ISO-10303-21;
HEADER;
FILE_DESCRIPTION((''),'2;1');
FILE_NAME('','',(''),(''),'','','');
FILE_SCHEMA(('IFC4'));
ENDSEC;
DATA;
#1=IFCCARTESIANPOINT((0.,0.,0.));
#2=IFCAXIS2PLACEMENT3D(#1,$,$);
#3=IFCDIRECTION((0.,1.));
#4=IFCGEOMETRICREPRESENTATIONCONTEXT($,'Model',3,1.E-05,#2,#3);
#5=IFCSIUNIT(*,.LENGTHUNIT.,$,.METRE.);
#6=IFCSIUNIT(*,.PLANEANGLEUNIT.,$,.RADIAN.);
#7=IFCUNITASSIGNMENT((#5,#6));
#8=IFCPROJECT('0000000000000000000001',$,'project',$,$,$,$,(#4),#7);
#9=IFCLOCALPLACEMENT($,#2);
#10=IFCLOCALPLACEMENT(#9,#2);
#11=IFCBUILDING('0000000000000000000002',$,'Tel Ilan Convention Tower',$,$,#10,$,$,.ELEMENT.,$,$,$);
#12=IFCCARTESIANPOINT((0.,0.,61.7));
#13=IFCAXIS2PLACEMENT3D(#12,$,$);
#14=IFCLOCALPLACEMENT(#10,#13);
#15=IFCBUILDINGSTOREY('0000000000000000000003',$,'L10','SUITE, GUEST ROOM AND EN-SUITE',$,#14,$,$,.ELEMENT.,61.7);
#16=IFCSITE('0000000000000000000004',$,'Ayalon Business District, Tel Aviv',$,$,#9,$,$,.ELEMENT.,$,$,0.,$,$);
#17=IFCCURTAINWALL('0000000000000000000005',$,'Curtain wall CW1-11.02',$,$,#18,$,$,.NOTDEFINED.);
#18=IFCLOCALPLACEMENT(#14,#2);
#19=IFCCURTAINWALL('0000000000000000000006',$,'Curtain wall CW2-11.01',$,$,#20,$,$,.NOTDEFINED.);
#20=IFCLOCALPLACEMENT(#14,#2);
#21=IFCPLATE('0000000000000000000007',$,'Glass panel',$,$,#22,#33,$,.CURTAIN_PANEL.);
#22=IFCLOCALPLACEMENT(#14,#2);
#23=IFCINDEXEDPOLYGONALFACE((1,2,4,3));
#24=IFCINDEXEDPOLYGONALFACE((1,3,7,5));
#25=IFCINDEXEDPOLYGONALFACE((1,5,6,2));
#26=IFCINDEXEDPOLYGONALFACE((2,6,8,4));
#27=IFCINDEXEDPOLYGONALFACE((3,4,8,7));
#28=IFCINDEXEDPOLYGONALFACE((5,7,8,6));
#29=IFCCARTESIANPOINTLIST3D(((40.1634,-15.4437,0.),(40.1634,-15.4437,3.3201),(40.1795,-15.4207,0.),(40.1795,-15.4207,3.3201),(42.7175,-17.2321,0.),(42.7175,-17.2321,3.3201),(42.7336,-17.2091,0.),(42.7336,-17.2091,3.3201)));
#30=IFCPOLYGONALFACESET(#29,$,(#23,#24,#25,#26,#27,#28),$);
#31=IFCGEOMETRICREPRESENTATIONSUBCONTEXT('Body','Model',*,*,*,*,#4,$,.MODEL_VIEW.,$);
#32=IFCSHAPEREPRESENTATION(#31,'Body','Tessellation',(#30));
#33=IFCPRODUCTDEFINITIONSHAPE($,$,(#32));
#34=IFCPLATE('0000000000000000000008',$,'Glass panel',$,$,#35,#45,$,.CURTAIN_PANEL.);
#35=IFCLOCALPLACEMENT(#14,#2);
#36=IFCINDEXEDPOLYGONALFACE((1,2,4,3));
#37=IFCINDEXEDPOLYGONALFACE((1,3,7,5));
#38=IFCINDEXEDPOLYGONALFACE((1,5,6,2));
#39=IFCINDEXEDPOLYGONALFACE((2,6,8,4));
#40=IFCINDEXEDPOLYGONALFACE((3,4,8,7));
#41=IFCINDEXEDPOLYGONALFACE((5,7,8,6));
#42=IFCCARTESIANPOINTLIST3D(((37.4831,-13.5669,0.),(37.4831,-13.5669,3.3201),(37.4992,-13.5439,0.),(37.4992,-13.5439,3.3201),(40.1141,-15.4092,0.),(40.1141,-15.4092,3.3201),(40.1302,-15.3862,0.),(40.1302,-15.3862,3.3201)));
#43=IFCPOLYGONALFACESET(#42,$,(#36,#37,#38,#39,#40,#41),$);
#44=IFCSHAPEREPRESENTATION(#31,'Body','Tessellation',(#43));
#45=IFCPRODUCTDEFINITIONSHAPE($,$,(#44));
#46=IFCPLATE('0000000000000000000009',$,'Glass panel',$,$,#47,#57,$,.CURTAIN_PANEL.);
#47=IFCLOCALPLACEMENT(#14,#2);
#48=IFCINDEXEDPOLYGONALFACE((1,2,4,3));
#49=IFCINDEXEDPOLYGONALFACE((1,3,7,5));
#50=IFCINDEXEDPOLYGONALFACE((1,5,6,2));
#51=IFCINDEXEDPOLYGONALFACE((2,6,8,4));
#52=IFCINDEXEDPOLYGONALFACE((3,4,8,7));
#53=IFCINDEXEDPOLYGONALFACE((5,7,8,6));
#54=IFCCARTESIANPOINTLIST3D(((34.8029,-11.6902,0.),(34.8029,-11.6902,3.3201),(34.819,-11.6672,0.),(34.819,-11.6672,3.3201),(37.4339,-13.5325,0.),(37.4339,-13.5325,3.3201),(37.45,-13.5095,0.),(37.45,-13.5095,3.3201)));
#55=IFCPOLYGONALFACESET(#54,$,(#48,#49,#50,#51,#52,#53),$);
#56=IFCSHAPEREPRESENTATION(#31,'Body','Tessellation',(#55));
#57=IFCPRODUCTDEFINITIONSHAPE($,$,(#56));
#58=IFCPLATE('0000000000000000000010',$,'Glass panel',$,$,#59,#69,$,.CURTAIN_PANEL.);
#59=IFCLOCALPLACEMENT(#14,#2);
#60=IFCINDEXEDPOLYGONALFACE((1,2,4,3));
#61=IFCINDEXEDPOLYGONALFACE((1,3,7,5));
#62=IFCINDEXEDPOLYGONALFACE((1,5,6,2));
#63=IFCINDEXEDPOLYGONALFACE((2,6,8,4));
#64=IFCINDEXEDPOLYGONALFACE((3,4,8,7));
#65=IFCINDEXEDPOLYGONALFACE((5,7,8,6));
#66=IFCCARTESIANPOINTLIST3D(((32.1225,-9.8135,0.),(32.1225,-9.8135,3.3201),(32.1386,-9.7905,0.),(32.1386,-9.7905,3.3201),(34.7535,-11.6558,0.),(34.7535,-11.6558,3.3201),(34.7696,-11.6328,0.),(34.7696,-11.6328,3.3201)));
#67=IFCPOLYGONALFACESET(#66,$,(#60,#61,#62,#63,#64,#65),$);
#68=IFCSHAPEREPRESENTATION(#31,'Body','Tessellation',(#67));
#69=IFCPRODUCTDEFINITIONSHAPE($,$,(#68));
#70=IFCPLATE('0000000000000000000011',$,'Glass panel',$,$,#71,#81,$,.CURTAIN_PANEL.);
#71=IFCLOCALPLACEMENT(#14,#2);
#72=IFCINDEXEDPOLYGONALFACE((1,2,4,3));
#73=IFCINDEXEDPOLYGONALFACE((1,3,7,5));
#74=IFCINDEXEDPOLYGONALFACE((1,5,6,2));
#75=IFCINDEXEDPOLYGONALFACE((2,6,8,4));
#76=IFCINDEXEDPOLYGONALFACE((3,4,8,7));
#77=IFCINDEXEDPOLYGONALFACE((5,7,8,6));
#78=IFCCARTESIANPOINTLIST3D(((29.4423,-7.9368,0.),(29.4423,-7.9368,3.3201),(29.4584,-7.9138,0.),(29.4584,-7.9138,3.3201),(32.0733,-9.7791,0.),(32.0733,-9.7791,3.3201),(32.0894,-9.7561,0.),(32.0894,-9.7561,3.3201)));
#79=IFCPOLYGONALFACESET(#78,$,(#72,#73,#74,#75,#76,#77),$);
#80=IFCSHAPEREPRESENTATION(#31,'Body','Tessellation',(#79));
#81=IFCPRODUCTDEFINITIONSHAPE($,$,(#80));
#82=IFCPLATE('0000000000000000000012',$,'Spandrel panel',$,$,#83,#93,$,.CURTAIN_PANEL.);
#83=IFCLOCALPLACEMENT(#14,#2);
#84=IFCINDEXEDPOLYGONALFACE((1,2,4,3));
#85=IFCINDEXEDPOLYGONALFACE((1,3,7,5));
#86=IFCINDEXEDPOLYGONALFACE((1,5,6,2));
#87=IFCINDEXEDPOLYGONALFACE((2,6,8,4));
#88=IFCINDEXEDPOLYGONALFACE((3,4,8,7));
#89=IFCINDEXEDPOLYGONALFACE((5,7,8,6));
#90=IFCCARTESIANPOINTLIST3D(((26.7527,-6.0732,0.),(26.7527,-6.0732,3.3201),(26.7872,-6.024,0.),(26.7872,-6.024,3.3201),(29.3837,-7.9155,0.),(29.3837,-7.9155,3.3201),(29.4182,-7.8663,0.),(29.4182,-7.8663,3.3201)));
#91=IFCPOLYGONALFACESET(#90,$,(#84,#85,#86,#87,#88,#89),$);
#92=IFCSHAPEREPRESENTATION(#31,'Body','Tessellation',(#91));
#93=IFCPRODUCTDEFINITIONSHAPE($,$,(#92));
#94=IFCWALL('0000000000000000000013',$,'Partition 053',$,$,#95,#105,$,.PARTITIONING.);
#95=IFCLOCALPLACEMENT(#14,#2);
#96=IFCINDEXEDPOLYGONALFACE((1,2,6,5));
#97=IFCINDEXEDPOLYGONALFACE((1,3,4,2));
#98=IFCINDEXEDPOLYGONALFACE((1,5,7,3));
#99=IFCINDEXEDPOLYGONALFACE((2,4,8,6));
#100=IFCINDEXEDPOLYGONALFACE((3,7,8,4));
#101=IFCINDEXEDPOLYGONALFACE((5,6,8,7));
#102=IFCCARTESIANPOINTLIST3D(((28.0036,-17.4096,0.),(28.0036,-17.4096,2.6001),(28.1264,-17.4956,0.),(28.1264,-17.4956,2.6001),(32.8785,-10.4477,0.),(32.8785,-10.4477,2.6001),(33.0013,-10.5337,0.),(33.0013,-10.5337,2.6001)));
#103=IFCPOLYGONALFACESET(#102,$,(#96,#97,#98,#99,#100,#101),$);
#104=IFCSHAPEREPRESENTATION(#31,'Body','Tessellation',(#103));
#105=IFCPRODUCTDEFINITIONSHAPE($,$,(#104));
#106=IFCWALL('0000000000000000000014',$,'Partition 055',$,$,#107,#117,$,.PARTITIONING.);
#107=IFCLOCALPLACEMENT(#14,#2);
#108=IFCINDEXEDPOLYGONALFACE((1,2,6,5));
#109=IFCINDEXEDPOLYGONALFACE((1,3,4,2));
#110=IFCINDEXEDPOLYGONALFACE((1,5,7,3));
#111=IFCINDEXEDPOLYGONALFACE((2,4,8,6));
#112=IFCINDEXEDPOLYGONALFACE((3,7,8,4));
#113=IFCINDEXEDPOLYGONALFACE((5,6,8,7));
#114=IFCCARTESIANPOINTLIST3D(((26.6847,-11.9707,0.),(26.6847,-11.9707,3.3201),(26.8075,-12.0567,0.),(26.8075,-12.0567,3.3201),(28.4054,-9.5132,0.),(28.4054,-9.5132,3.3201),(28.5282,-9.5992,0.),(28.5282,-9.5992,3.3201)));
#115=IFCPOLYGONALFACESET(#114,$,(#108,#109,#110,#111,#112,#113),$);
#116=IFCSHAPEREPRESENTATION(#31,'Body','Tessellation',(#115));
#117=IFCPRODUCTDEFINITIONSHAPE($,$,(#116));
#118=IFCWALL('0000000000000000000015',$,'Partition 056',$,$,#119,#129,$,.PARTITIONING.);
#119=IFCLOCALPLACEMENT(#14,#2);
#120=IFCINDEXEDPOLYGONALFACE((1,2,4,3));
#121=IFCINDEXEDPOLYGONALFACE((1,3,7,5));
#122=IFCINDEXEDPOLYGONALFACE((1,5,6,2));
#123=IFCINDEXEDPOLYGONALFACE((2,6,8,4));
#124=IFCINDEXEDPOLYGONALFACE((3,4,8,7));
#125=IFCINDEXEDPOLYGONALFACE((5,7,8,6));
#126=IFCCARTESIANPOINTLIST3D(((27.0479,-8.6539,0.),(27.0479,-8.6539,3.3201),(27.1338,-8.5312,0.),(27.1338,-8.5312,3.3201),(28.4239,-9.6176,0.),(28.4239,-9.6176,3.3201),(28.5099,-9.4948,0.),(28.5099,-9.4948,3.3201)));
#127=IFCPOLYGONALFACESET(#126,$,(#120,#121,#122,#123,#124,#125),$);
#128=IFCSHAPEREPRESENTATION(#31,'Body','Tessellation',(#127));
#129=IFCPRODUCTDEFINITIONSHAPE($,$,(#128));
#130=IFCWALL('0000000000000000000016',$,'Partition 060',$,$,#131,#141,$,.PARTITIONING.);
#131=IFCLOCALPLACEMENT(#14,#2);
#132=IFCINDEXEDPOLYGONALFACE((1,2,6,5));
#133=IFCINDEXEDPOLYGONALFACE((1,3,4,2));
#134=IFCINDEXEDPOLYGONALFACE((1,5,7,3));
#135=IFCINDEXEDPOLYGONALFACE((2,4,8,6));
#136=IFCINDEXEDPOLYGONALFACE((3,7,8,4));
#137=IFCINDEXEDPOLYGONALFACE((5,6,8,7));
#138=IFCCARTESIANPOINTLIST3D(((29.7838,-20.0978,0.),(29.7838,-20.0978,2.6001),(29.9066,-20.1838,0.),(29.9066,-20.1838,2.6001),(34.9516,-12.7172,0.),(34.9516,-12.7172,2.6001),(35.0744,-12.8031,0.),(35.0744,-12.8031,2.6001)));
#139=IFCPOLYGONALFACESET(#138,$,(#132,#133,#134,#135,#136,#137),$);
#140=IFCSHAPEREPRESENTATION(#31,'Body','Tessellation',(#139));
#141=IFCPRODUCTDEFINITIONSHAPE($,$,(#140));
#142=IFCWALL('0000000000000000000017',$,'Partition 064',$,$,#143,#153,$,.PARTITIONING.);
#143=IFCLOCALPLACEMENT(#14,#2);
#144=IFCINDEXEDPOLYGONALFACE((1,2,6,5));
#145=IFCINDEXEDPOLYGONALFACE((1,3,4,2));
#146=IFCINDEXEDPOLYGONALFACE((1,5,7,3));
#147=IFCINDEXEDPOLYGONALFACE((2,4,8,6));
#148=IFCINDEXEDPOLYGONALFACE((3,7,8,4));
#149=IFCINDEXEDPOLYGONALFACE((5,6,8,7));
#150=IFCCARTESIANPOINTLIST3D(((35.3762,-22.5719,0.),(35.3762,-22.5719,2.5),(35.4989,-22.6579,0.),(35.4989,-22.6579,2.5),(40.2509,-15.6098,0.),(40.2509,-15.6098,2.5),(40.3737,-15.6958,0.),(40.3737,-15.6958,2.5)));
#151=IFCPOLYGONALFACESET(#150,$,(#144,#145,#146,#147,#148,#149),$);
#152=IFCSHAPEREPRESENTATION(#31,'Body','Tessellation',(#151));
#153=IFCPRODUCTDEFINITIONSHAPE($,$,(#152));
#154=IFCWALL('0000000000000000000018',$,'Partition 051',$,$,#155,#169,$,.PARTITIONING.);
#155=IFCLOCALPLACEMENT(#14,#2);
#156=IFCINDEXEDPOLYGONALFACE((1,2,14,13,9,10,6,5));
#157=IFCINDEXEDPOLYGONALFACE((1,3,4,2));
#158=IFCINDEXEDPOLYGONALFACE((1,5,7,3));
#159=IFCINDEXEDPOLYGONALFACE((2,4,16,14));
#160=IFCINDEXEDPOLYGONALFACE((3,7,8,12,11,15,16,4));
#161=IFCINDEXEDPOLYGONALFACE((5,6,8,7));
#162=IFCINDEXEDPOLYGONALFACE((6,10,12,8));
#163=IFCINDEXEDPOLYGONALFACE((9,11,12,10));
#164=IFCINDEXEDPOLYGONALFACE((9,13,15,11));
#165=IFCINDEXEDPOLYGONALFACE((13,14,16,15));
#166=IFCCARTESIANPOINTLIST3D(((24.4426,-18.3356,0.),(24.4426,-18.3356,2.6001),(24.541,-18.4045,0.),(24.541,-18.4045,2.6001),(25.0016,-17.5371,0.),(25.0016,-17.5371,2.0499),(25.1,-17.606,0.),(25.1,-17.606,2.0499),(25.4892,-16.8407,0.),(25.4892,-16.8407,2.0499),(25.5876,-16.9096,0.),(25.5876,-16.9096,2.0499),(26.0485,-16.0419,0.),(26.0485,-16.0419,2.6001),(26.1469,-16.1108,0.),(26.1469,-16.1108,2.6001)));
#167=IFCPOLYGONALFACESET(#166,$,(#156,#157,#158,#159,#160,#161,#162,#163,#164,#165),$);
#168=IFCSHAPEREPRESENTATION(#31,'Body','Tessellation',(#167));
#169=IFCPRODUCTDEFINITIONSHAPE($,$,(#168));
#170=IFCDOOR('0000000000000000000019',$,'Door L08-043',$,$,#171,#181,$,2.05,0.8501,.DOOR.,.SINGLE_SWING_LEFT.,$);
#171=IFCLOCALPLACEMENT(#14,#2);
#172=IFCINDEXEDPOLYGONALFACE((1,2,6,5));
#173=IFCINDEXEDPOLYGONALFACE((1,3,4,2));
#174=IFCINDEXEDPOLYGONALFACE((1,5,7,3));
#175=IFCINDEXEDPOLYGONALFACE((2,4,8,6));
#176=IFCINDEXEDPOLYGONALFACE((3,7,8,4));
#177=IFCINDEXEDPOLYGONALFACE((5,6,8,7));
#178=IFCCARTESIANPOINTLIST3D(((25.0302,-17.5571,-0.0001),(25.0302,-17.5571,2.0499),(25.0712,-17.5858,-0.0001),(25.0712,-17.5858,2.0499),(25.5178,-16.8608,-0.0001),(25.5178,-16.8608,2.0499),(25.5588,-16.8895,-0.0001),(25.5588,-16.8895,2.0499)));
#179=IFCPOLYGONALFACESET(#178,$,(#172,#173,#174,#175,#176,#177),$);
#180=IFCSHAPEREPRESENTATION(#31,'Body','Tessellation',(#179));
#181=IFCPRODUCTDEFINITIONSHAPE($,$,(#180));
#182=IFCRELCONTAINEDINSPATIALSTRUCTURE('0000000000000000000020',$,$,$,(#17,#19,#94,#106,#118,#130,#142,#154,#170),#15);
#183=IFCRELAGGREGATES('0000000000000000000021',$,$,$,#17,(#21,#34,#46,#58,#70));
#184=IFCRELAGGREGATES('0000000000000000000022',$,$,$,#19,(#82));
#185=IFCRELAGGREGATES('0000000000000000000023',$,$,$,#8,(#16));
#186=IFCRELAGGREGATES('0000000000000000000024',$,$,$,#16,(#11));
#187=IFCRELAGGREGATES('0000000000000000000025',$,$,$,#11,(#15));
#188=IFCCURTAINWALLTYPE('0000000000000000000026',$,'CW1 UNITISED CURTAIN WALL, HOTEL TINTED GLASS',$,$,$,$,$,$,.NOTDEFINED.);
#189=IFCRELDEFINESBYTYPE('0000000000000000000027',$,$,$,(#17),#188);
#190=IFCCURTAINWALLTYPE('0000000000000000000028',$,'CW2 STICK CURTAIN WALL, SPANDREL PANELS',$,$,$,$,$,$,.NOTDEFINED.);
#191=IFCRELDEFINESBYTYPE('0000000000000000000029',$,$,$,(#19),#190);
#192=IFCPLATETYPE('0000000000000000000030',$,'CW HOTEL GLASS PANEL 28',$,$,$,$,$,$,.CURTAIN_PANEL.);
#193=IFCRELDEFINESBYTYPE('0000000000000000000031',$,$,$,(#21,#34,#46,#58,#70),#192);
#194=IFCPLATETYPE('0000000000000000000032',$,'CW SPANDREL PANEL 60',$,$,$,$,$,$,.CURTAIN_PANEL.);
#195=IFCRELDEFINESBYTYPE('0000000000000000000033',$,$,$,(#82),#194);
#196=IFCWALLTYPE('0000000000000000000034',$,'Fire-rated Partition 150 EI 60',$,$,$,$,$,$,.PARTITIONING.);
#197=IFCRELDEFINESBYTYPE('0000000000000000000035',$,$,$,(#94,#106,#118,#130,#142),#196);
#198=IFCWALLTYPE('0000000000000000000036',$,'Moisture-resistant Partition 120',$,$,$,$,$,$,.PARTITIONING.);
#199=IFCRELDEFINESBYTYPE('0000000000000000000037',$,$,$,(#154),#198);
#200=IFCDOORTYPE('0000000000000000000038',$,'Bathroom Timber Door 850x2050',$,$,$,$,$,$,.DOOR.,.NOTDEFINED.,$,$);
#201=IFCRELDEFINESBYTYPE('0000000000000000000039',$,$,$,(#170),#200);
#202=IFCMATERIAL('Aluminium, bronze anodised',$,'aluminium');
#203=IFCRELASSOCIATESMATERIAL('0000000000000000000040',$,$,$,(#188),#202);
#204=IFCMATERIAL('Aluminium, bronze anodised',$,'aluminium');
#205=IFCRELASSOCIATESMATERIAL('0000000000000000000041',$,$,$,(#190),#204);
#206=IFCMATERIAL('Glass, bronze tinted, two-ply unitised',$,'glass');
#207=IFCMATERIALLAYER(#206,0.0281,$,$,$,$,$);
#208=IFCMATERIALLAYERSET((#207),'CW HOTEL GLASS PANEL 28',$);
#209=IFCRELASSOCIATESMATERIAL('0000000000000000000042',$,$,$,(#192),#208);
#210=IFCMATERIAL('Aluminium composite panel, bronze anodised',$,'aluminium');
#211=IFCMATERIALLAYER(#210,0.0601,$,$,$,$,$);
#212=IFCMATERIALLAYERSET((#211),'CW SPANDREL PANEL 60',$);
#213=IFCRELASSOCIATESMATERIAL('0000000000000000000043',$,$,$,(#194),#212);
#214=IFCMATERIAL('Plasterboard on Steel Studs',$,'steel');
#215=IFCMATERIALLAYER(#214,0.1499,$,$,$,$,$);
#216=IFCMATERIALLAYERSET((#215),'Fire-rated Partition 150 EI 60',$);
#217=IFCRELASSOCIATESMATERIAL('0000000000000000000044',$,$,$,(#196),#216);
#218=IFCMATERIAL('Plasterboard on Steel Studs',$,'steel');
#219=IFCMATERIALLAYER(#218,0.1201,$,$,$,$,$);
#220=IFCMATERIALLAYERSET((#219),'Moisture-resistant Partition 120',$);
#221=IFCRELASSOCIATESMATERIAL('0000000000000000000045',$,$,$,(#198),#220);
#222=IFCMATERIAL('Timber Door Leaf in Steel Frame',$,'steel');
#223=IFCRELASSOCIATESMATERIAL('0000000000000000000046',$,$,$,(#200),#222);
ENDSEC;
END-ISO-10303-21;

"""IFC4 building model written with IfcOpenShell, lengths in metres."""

from ifc_helpers import new_model, si_unit, direction, frame, frame_2d, origin, origin_2d, place, context, subcontext, project, spatial, rectangle, extrude, material, layer, layer_set, type_object, element, fill, aggregate, save


model = new_model("IFC4")

# Units and contexts
model_context = context("Model", 3, precision=1e-05, world=origin(), true_north=direction((0.0, 1.0)))
body_context = subcontext(model_context, "Body", "Model", "MODEL_VIEW")
ifc_project = project(units=[si_unit("LENGTHUNIT", "METRE"), si_unit("PLANEANGLEUNIT", "RADIAN")], contexts=[model_context])

# Site, building, storey
site_placement = place(None, origin())
site = spatial("IfcSite", under=ifc_project, at=site_placement, Name="Ayalon Business District, Tel Aviv", CompositionType="ELEMENT", RefElevation=0.0)
building_placement = place(site_placement, origin())
building = spatial("IfcBuilding", under=site, at=building_placement, Name="Tel Ilan Convention Tower", CompositionType="ELEMENT")
storey_placement = place(building_placement, frame((0.0, 0.0, 61.7)))
storey = spatial("IfcBuildingStorey", under=building, at=storey_placement, Name="L10", Description="SUITE, GUEST ROOM AND EN-SUITE", CompositionType="ELEMENT", Elevation=61.7)

# Curtain wall
ifc_material_1 = material(Name="Aluminium, bronze anodised", Category="aluminium")
curtain_wall_type_1 = type_object("IfcCurtainWallType", Name="CW1 UNITISED CURTAIN WALL, HOTEL TINTED GLASS", PredefinedType="NOTDEFINED", material=ifc_material_1)
curtain_wall_1_placement = place(storey_placement, origin())
curtain_wall_1 = element("IfcCurtainWall", 1, at=curtain_wall_1_placement, inside=storey, type_object=curtain_wall_type_1, Name="Curtain wall CW1-11.02", PredefinedType="NOTDEFINED")

# Curtain wall
ifc_material_2 = material(Name="Aluminium, bronze anodised", Category="aluminium")
curtain_wall_type_2 = type_object("IfcCurtainWallType", Name="CW2 STICK CURTAIN WALL, SPANDREL PANELS", PredefinedType="NOTDEFINED", material=ifc_material_2)
curtain_wall_2_placement = place(storey_placement, origin())
curtain_wall_2 = element("IfcCurtainWall", 2, at=curtain_wall_2_placement, inside=storey, type_object=curtain_wall_type_2, Name="Curtain wall CW2-11.01", PredefinedType="NOTDEFINED")

# Plates
ifc_material_3 = material(Name="Glass, bronze tinted, two-ply unitised", Category="glass")
ifc_layer_1 = layer(ifc_material_3, 0.0281)
ifc_layer_set_1 = layer_set([ifc_layer_1], Name="CW HOTEL GLASS PANEL 28")
plate_type_1 = type_object("IfcPlateType", Name="CW HOTEL GLASS PANEL 28", PredefinedType="CURTAIN_PANEL", material=ifc_layer_set_1)
plate_1_placement = place(storey_placement, frame((41.4485, -16.3264, 0.0), z_axis=(0.0, 0.0, 1.0), x_axis=(-0.819152, 0.573576, 0.0)))
plate_1 = element("IfcPlate", 3, at=plate_1_placement, type_object=plate_type_1, Name="Glass panel", PredefinedType="CURTAIN_PANEL", context=body_context, shape_type="SweptSolid", body=[
    extrude(rectangle(XDim=3.1179, YDim=0.0281, at=origin_2d()), origin(), (0.0, 0.0, 1.0), 3.3201),
])
plate_2_placement = place(storey_placement, frame((38.8066, -14.4766, 0.0), z_axis=(0.0, 0.0, 1.0), x_axis=(-0.819152, 0.573576, 0.0)))
plate_2 = element("IfcPlate", 4, at=plate_2_placement, type_object=plate_type_1, Name="Glass panel", PredefinedType="CURTAIN_PANEL", context=body_context, shape_type="SweptSolid", body=[
    extrude(rectangle(XDim=3.2119, YDim=0.0281, at=origin_2d()), origin(), (0.0, 0.0, 1.0), 3.3201),
])
plate_3_placement = place(storey_placement, frame((36.1265, -12.5999, 0.0), z_axis=(0.0, 0.0, 1.0), x_axis=(-0.819152, 0.573576, 0.0)))
plate_3 = element("IfcPlate", 5, at=plate_3_placement, type_object=plate_type_1, Name="Glass panel", PredefinedType="CURTAIN_PANEL", context=body_context, shape_type="SweptSolid", body=[
    extrude(rectangle(XDim=3.2119, YDim=0.0281, at=origin_2d()), origin(), (0.0, 0.0, 1.0), 3.3201),
])
plate_4_placement = place(storey_placement, frame((33.446, -10.7231, 0.0), z_axis=(0.0, 0.0, 1.0), x_axis=(-0.819152, 0.573576, 0.0)))
plate_4 = element("IfcPlate", 6, at=plate_4_placement, type_object=plate_type_1, Name="Glass panel", PredefinedType="CURTAIN_PANEL", context=body_context, shape_type="SweptSolid", body=[
    extrude(rectangle(XDim=3.2119, YDim=0.0281, at=origin_2d()), origin(), (0.0, 0.0, 1.0), 3.3201),
])
plate_5_placement = place(storey_placement, frame((30.7659, -8.8464, 0.0), z_axis=(0.0, 0.0, 1.0), x_axis=(-0.819152, 0.573576, 0.0)))
plate_5 = element("IfcPlate", 7, at=plate_5_placement, type_object=plate_type_1, Name="Glass panel", PredefinedType="CURTAIN_PANEL", context=body_context, shape_type="SweptSolid", body=[
    extrude(rectangle(XDim=3.2119, YDim=0.0281, at=origin_2d()), origin(), (0.0, 0.0, 1.0), 3.3201),
])
aggregate(curtain_wall_1, [plate_1, plate_2, plate_3, plate_4, plate_5])
ifc_material_4 = material(Name="Aluminium composite panel, bronze anodised", Category="aluminium")
ifc_layer_2 = layer(ifc_material_4, 0.0601)
ifc_layer_set_2 = layer_set([ifc_layer_2], Name="CW SPANDREL PANEL 60")
plate_type_2 = type_object("IfcPlateType", Name="CW SPANDREL PANEL 60", PredefinedType="CURTAIN_PANEL", material=ifc_layer_set_2)
plate_6_placement = place(storey_placement, frame((28.0854, -6.9697, 0.0), z_axis=(0.0, 0.0, 1.0), x_axis=(-0.819152, 0.573576, 0.0)))
plate_6 = element("IfcPlate", 8, at=plate_6_placement, type_object=plate_type_2, Name="Spandrel panel", PredefinedType="CURTAIN_PANEL", context=body_context, shape_type="SweptSolid", body=[
    extrude(rectangle(XDim=3.2119, YDim=0.0601, at=origin_2d()), origin(), (0.0, 0.0, 1.0), 3.3201),
])
aggregate(curtain_wall_2, [plate_6])

# Walls
ifc_material_5 = material(Name="Plasterboard on Steel Studs", Category="steel")
ifc_layer_3 = layer(ifc_material_5, 0.1499)
ifc_layer_set_3 = layer_set([ifc_layer_3], Name="Fire-rated Partition 150 EI 60")
wall_type_1 = type_object("IfcWallType", Name="Fire-rated Partition 150 EI 60", PredefinedType="PARTITIONING", material=ifc_layer_set_3)
wall_1_placement = place(storey_placement, frame((32.9399, -10.4907, 0.0), z_axis=(0.0, 0.0, 1.0), x_axis=(-0.573593, -0.81914, 0.0)))
element("IfcWall", 9, at=wall_1_placement, inside=storey, type_object=wall_type_1, Name="Partition 053", PredefinedType="PARTITIONING", context=body_context, shape_type="SweptSolid", body=[
    extrude(rectangle(XDim=8.499, YDim=0.1499, at=frame_2d((4.2495, 0.0))), origin(), (0.0, 0.0, 1.0), 2.6001),
])
wall_2_placement = place(storey_placement, frame((26.7461, -12.0137, 0.0), z_axis=(0.0, 0.0, 1.0), x_axis=(0.573561, 0.819163, 0.0)))
element("IfcWall", 10, at=wall_2_placement, inside=storey, type_object=wall_type_1, Name="Partition 055", PredefinedType="PARTITIONING", context=body_context, shape_type="SweptSolid", body=[
    extrude(rectangle(XDim=3.0, YDim=0.1499, at=frame_2d((1.5, 0.0))), origin(), (0.0, 0.0, 1.0), 3.3201),
])
wall_3_placement = place(storey_placement, frame((28.4668, -9.5562, 0.0), z_axis=(0.0, 0.0, 1.0), x_axis=(-0.819109, 0.573638, 0.0)))
element("IfcWall", 11, at=wall_3_placement, inside=storey, type_object=wall_type_1, Name="Partition 056", PredefinedType="PARTITIONING", context=body_context, shape_type="SweptSolid", body=[
    extrude(rectangle(XDim=1.6799, YDim=0.1499, at=frame_2d((0.8398, 0.0))), origin(), (0.0, 0.0, 1.0), 3.3201),
])
wall_4_placement = place(storey_placement, frame((35.0129, -12.7603, 0.0), z_axis=(0.0, 0.0, 1.0), x_axis=(-0.573559, -0.819164, 0.0)))
element("IfcWall", 12, at=wall_4_placement, inside=storey, type_object=wall_type_1, Name="Partition 060", PredefinedType="PARTITIONING", context=body_context, shape_type="SweptSolid", body=[
    extrude(rectangle(XDim=9.01, YDim=0.1499, at=frame_2d((4.5049, 0.0))), origin(), (0.0, 0.0, 1.0), 2.6001),
])
wall_5_placement = place(storey_placement, frame((40.3123, -15.6528, 0.0), z_axis=(0.0, 0.0, 1.0), x_axis=(-0.573561, -0.819163, 0.0)))
element("IfcWall", 13, at=wall_5_placement, inside=storey, type_object=wall_type_1, Name="Partition 064", PredefinedType="PARTITIONING", context=body_context, shape_type="SweptSolid", body=[
    extrude(rectangle(XDim=8.499, YDim=0.1499, at=frame_2d((4.2495, 0.0))), origin(), (0.0, 0.0, 1.0), 2.5),
])

# Wall, opening, door
ifc_material_6 = material(Name="Plasterboard on Steel Studs", Category="steel")
ifc_layer_4 = layer(ifc_material_6, 0.1201)
ifc_layer_set_4 = layer_set([ifc_layer_4], Name="Moisture-resistant Partition 120")
wall_type_2 = type_object("IfcWallType", Name="Moisture-resistant Partition 120", PredefinedType="PARTITIONING", material=ifc_layer_set_4)
wall_6_placement = place(storey_placement, frame((26.0977, -16.0764, 0.0), z_axis=(0.0, 0.0, 1.0), x_axis=(-0.57355, -0.81917, 0.0)))
wall_6 = element("IfcWall", 14, at=wall_6_placement, inside=storey, type_object=wall_type_2, Name="Partition 051", PredefinedType="PARTITIONING", context=body_context, shape_type="SweptSolid", body=[
    extrude(rectangle(XDim=2.8, YDim=0.1201, at=frame_2d((1.3999, 0.0))), origin(), (0.0, 0.0, 1.0), 2.6001),
])
opening_placement = place(wall_6_placement, frame((0.9751, 0.0, 0.0)))
opening = element("IfcOpeningElement", 15, at=opening_placement, cuts=wall_6, PredefinedType="OPENING", context=body_context, shape_type="SweptSolid", body=[
    extrude(rectangle(XDim=0.8501, YDim=2.05, at=frame_2d((0.425, 1.0249))), frame((0.0, 0.0701, 0.0), z_axis=(0.0, -1.0, 0.0), x_axis=(1.0, 0.0, 0.0)), (0.0, 0.0, 1.0), 0.1401),
])
ifc_material_7 = material(Name="Timber Door Leaf in Steel Frame", Category="steel")
door_type = type_object("IfcDoorType", Name="Bathroom Timber Door 850x2050", OperationType="NOTDEFINED", PredefinedType="DOOR", material=ifc_material_7)
door_placement = place(opening_placement, origin())
door = element("IfcDoor", 16, at=door_placement, inside=storey, type_object=door_type, Name="Door L08-043", OperationType="SINGLE_SWING_LEFT", OverallHeight=2.05, OverallWidth=0.8501, PredefinedType="DOOR", context=body_context, shape_type="SweptSolid", body=[
    extrude(rectangle(XDim=0.8501, YDim=2.05, at=frame_2d((0.425, 1.0249))), frame((0.0, 0.0249, 0.0), z_axis=(0.0, -1.0, 0.0), x_axis=(1.0, 0.0, 0.0)), (0.0, 0.0, 1.0), 0.05),
])
fill(opening, door)

save(model, "model.ifc")
